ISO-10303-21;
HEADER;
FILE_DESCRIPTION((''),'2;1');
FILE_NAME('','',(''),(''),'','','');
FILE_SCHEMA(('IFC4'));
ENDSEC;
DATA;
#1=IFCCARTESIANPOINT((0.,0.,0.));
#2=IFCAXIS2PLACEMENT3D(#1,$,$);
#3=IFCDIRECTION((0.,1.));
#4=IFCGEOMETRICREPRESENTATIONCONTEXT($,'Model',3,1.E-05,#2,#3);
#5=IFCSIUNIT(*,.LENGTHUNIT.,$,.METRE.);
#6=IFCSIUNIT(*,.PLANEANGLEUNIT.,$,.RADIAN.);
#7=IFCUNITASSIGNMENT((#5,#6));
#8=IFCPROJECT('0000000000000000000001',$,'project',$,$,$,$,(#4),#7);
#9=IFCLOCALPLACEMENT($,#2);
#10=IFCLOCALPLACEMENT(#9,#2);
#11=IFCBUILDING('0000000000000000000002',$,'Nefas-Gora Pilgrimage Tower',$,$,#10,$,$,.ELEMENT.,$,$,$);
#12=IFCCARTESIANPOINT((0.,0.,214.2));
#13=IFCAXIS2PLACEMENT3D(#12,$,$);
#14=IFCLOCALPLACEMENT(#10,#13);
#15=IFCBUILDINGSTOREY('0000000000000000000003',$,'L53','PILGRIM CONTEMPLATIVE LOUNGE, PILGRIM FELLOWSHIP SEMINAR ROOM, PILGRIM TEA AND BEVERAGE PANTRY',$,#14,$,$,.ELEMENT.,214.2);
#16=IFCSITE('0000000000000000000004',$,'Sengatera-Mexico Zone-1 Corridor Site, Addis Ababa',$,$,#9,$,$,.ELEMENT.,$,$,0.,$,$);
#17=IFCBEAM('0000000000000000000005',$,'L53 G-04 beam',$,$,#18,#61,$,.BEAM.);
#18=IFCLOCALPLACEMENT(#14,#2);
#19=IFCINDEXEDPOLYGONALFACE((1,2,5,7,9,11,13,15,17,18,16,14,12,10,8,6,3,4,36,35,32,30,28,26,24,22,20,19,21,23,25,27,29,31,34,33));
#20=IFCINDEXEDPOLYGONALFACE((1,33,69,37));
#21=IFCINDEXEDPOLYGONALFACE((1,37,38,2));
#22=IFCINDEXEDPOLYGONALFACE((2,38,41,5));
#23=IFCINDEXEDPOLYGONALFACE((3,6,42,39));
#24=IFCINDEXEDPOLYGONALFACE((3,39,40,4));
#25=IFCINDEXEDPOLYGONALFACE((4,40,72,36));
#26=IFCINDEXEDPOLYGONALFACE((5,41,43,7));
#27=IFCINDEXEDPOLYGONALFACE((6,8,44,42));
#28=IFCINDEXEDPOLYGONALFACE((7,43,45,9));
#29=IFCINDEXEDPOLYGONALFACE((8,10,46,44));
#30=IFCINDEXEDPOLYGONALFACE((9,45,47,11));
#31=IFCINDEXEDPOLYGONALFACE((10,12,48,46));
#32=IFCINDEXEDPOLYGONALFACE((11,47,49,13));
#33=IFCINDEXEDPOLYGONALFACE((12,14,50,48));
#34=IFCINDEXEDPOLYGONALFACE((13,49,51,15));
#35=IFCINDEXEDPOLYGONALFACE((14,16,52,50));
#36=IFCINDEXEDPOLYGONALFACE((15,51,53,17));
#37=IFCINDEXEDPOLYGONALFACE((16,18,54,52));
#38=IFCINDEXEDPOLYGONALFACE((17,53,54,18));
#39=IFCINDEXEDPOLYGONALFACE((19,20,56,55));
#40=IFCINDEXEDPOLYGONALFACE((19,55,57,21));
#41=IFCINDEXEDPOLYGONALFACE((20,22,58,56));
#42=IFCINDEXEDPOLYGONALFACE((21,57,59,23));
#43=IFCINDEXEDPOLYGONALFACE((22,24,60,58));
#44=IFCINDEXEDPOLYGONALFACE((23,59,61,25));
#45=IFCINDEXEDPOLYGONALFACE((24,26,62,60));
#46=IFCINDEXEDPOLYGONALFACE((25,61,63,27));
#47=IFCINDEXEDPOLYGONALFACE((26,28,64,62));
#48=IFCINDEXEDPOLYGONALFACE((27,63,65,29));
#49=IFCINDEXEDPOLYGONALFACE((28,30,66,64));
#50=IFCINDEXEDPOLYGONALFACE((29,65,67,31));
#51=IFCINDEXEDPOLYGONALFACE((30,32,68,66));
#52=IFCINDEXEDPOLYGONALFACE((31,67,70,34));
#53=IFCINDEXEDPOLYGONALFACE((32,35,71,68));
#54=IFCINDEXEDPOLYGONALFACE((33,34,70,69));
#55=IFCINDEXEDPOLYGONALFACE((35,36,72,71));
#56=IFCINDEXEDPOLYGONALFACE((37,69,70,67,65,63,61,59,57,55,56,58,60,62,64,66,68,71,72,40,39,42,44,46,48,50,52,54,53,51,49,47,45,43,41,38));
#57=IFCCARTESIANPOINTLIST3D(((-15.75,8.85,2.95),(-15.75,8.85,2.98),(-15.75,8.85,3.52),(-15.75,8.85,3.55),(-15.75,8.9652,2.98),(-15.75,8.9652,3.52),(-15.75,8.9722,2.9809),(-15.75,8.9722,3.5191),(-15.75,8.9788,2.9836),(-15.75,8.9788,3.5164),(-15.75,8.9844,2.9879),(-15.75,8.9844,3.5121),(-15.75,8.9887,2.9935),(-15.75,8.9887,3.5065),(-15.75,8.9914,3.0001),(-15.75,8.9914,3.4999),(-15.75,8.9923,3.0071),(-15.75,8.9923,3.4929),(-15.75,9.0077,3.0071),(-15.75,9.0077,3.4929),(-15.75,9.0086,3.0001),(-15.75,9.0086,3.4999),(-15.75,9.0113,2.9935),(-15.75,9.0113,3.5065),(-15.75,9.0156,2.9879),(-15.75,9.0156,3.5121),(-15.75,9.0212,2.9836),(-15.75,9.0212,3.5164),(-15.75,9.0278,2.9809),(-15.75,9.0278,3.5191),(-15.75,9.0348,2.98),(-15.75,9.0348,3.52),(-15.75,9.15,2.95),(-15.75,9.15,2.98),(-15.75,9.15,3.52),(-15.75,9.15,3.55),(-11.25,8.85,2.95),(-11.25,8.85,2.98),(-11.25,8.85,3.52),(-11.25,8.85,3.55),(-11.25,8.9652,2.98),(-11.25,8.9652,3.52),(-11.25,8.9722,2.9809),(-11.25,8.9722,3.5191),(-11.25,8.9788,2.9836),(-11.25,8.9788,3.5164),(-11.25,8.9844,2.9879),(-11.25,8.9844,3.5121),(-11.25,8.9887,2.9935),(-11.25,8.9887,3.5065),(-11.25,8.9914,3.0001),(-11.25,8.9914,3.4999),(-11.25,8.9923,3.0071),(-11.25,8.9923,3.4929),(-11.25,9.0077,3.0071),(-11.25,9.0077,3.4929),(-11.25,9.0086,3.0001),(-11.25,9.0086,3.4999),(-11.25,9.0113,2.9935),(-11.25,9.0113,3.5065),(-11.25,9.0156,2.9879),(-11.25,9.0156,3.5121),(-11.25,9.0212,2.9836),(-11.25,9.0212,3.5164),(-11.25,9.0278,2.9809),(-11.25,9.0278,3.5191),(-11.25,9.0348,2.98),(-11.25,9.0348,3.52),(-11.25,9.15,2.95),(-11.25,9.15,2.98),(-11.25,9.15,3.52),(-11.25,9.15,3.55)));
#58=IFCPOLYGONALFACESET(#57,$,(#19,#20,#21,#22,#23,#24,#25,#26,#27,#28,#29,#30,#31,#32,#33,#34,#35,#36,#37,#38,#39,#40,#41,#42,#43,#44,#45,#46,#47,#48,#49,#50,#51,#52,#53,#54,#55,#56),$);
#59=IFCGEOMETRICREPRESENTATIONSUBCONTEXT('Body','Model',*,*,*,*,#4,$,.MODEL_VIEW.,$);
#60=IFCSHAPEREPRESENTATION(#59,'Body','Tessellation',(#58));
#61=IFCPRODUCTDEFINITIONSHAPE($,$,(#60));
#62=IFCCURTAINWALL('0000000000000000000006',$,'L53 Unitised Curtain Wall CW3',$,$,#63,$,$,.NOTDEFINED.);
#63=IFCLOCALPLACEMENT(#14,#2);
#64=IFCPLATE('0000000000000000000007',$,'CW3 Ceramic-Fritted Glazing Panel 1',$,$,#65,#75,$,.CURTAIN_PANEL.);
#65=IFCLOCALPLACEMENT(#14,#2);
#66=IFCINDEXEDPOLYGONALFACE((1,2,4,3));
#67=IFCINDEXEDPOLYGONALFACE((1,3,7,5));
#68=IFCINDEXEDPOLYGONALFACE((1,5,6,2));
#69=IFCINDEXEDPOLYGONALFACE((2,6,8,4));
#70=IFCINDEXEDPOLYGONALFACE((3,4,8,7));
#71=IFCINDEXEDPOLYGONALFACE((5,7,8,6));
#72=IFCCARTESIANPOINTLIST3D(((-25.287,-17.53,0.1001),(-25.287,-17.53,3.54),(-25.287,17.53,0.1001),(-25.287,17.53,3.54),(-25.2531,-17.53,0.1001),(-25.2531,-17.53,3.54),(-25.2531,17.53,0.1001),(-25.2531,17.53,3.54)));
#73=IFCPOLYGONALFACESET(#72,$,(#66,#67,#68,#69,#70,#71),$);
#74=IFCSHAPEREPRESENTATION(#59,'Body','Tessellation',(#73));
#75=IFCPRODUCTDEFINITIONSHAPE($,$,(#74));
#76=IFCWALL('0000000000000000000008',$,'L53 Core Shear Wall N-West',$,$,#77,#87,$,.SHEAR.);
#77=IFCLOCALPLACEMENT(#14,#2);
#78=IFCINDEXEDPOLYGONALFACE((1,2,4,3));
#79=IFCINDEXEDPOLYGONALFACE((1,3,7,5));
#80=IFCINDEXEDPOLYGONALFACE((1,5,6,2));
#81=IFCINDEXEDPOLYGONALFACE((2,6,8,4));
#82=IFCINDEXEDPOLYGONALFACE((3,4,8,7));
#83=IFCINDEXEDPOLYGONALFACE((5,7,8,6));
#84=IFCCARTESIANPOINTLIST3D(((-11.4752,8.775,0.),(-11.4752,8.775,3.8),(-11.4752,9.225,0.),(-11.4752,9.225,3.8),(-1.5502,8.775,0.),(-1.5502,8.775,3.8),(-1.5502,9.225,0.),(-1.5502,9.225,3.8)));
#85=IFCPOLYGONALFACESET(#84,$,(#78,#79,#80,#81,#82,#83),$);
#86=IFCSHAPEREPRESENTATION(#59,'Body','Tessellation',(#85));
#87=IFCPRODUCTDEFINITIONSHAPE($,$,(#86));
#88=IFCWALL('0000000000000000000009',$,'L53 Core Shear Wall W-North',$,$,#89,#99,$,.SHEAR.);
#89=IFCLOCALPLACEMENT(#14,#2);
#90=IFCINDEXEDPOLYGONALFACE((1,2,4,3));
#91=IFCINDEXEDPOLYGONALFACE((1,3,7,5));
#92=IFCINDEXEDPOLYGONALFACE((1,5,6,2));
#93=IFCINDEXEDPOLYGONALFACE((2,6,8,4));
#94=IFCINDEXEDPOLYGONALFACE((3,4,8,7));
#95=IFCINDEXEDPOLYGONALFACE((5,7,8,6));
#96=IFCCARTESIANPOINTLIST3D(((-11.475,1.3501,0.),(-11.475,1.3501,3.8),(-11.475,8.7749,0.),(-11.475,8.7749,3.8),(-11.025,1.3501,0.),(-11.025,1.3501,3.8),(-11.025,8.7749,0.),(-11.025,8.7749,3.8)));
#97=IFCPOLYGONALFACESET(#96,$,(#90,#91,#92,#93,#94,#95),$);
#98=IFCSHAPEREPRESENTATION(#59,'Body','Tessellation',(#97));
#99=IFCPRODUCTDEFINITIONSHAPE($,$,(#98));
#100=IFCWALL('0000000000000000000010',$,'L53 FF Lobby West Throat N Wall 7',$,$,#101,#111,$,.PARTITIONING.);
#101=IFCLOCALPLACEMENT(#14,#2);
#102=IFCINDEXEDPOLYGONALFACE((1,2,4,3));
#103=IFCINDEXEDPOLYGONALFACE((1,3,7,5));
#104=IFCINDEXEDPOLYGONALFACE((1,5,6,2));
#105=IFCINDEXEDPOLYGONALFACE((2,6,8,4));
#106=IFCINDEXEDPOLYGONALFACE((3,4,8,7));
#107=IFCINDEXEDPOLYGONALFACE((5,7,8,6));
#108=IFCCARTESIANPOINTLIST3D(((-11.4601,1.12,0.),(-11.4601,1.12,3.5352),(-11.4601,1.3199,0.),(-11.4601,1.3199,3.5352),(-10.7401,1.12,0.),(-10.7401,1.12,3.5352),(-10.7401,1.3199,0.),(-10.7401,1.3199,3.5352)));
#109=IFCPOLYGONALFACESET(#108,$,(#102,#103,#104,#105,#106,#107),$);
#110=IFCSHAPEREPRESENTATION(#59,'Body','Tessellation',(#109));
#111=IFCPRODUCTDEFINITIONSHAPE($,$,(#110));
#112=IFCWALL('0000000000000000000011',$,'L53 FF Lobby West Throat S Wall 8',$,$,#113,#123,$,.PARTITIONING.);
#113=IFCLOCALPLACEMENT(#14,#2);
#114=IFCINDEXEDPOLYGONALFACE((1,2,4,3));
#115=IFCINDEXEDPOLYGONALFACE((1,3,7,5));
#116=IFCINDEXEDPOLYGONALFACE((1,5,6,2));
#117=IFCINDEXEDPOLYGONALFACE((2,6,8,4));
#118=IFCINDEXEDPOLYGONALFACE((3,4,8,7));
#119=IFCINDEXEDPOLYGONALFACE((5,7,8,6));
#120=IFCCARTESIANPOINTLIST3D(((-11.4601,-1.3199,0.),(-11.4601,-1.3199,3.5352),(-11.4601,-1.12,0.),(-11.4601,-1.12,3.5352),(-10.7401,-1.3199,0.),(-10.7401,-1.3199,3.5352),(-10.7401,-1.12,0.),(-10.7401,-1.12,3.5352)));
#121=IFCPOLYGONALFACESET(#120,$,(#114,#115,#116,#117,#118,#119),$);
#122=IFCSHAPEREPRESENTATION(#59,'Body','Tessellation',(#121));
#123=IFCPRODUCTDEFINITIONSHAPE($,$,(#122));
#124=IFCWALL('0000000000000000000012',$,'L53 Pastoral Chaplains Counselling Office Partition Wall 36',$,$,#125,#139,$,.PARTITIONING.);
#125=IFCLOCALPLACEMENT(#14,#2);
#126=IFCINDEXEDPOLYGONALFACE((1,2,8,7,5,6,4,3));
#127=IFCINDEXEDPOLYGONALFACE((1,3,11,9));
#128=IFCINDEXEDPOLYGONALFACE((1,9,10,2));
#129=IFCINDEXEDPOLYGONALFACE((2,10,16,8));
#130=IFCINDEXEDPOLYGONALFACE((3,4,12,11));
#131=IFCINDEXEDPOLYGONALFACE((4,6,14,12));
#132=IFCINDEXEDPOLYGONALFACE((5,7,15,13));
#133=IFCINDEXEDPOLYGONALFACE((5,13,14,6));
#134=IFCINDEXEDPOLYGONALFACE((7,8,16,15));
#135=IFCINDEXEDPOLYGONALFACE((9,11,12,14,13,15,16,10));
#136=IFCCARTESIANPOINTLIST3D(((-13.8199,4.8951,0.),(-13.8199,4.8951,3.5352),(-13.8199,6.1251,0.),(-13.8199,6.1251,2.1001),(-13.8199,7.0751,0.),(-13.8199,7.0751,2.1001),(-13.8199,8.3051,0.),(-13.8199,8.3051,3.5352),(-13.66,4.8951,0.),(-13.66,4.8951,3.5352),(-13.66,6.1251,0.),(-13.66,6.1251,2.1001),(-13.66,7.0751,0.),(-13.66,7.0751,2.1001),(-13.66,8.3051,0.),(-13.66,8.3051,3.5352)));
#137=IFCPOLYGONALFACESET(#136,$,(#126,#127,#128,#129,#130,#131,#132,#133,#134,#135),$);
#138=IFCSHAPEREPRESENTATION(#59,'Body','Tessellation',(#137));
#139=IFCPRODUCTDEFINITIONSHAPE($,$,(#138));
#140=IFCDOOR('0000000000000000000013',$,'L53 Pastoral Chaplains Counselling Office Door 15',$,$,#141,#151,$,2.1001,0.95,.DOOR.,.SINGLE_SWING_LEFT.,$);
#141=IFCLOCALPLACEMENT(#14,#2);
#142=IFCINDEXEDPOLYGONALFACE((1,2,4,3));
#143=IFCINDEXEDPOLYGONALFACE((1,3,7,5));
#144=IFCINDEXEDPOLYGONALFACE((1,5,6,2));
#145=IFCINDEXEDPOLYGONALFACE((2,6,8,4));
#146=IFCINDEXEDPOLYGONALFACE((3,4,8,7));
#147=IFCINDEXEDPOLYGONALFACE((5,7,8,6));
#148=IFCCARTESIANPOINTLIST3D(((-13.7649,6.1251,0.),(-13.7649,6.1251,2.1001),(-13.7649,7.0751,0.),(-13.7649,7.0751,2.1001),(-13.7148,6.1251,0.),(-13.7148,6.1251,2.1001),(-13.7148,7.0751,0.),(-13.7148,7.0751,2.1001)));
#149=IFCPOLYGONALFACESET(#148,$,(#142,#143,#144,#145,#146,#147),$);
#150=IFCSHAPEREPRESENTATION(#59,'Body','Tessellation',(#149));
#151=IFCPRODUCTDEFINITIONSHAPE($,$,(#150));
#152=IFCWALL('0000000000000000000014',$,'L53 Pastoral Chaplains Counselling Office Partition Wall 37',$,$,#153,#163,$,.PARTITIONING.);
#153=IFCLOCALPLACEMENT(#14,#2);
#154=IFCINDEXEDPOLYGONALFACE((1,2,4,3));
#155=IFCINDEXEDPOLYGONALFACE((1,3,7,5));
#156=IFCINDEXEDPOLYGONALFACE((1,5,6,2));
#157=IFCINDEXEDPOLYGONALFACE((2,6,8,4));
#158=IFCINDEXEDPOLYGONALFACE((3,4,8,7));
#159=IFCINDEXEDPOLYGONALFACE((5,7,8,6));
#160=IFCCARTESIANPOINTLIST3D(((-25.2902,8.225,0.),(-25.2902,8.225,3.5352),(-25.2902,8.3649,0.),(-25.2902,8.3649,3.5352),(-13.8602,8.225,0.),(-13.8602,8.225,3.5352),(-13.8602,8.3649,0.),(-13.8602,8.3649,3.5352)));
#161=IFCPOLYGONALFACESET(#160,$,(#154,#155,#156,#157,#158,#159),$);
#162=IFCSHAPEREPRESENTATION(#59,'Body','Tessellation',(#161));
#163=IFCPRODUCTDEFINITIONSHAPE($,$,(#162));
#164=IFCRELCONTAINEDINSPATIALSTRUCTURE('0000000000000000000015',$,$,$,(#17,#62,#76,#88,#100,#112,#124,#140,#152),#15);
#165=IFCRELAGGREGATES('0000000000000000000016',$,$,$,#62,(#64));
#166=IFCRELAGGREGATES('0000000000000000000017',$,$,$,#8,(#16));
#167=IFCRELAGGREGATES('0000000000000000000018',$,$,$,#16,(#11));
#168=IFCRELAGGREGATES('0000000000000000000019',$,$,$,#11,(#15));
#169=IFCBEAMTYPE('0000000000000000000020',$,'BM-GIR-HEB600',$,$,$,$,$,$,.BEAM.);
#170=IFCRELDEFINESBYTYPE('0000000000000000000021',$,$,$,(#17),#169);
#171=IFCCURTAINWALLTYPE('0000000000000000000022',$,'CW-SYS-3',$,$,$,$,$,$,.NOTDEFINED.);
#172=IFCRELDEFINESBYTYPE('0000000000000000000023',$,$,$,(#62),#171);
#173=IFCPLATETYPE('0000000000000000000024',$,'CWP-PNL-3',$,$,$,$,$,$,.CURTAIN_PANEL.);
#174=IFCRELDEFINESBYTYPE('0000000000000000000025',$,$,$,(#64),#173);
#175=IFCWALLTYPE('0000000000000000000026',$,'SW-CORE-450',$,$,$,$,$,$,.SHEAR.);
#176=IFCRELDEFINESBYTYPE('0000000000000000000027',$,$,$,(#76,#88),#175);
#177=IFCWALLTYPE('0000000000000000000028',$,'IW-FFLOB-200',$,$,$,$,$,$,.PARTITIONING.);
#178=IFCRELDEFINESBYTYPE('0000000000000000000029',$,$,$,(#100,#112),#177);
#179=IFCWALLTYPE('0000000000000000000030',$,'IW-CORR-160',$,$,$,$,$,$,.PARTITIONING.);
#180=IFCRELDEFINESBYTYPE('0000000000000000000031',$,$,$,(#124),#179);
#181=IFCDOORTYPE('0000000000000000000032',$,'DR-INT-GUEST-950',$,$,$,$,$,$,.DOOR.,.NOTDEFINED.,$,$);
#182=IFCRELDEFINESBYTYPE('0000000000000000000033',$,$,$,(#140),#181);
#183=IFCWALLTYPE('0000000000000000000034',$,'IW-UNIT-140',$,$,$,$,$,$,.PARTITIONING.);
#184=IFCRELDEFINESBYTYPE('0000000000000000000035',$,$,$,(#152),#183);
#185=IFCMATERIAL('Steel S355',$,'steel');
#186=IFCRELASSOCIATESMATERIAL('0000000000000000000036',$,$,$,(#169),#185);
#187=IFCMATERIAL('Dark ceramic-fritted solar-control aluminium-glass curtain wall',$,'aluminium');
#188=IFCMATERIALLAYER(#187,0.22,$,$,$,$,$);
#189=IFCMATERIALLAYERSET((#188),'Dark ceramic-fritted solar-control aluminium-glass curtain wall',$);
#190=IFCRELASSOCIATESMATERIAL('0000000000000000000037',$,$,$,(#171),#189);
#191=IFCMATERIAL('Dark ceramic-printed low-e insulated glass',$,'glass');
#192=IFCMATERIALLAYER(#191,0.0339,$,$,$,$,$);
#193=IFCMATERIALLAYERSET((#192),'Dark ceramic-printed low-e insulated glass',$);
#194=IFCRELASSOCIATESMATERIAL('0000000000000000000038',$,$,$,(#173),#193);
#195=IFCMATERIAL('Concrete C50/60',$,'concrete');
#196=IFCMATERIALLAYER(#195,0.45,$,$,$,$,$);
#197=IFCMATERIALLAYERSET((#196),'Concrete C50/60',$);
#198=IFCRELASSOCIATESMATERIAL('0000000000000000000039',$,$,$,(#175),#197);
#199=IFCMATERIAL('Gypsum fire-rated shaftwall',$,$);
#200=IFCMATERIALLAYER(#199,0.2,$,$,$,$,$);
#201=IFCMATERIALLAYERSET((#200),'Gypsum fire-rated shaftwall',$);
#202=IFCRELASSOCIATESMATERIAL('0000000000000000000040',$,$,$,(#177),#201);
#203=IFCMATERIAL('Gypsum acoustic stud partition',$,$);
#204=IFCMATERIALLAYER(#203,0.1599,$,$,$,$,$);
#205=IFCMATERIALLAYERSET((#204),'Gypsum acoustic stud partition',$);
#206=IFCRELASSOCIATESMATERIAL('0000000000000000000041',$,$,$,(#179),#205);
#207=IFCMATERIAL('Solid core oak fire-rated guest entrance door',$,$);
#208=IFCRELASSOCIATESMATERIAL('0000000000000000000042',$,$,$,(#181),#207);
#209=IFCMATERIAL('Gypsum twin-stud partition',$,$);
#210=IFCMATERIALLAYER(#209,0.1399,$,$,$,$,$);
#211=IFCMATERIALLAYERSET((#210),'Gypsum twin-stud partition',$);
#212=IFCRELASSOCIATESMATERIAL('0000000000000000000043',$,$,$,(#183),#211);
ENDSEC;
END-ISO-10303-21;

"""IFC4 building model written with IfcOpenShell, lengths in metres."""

from ifc_helpers import new_model, si_unit, direction, frame, frame_2d, origin, origin_2d, place, context, subcontext, project, spatial, rectangle, i_section, extrude, source, transform, mapped, material, layer, layer_set, material_profile, profile_set, type_object, element, fill, aggregate, save


model = new_model("IFC4")

# Units and contexts
model_context = context("Model", 3, precision=1e-05, world=origin(), true_north=direction((0.0, 1.0)))
body_context = subcontext(model_context, "Body", "Model", "MODEL_VIEW")
ifc_project = project(units=[si_unit("LENGTHUNIT", "METRE"), si_unit("PLANEANGLEUNIT", "RADIAN")], contexts=[model_context])

# Site, building, storey
site_placement = place(None, origin())
site = spatial("IfcSite", under=ifc_project, at=site_placement, Name="Sengatera-Mexico Zone-1 Corridor Site, Addis Ababa", CompositionType="ELEMENT", RefElevation=0.0)
building_placement = place(site_placement, origin())
building = spatial("IfcBuilding", under=site, at=building_placement, Name="Nefas-Gora Pilgrimage Tower", CompositionType="ELEMENT")
storey_placement = place(building_placement, frame((0.0, 0.0, 214.2)))
storey = spatial("IfcBuildingStorey", under=building, at=storey_placement, Name="L53", Description="PILGRIM CONTEMPLATIVE LOUNGE, PILGRIM FELLOWSHIP SEMINAR ROOM, PILGRIM TEA AND BEVERAGE PANTRY", CompositionType="ELEMENT", Elevation=214.2)

# Beam
ifc_material_1 = material(Name="Steel S355", Category="steel")
ifc_material_profile_1 = material_profile(ifc_material_1, i_section(OverallWidth=0.3, OverallDepth=0.6001, WebThickness=0.0154, FlangeThickness=0.03, FilletRadius=0.0271, at=origin_2d()), Name="HEB 600")
ifc_profile_set_1 = profile_set([ifc_material_profile_1], Name="Steel S355")
beam_type_1 = type_object("IfcBeamType", Name="BM-GIR-HEB600", PredefinedType="BEAM", material=ifc_profile_set_1)
shared_shape_1 = source(origin(), body_context, "Body", "SweptSolid", [
    extrude(i_section(OverallWidth=0.3, OverallDepth=0.6001, WebThickness=0.0154, FlangeThickness=0.03, FilletRadius=0.0271, at=origin_2d()), origin(), (0.0, 0.0, 1.0), 4.5),
])
for number, where, z_axis, x_axis, name in (
    (1, (-15.75, 9.0, 3.25), (1.0, 0.0, 0.0), (0.0, 1.0, 0.0), "L53 G-04 beam"),
):
    element("IfcBeam", number, at=place(storey_placement, frame(where, z_axis=z_axis, x_axis=x_axis)), inside=storey, type_object=beam_type_1, Name=name, PredefinedType="BEAM", context=body_context, shape_type="MappedRepresentation", body=[
        mapped(shared_shape_1, transform((0.0, 0.0, 0.0), x_axis=(1.0, 0.0, 0.0), y_axis=(0.0, 1.0, 0.0), z_axis=(0.0, 0.0, 1.0), scale=1.0)),
    ])

# Curtain wall, plate
ifc_material_2 = material(Name="Dark ceramic-fritted solar-control aluminium-glass curtain wall", Category="aluminium")
ifc_layer_1 = layer(ifc_material_2, 0.22)
ifc_layer_set_1 = layer_set([ifc_layer_1], Name="Dark ceramic-fritted solar-control aluminium-glass curtain wall")
curtain_wall_type = type_object("IfcCurtainWallType", Name="CW-SYS-3", PredefinedType="NOTDEFINED", material=ifc_layer_set_1)
curtain_wall_placement = place(storey_placement, origin())
curtain_wall = element("IfcCurtainWall", 2, at=curtain_wall_placement, inside=storey, type_object=curtain_wall_type, Name="L53 Unitised Curtain Wall CW3", PredefinedType="NOTDEFINED")
ifc_material_3 = material(Name="Dark ceramic-printed low-e insulated glass", Category="glass")
ifc_layer_2 = layer(ifc_material_3, 0.0339)
ifc_layer_set_2 = layer_set([ifc_layer_2], Name="Dark ceramic-printed low-e insulated glass")
plate_type = type_object("IfcPlateType", Name="CWP-PNL-3", PredefinedType="CURTAIN_PANEL", material=ifc_layer_set_2)
shared_shape_2 = source(origin(), body_context, "Body", "SweptSolid", [
    extrude(rectangle(XDim=35.0601, YDim=0.0339, at=origin_2d()), origin(), (0.0, 0.0, 1.0), 3.4399),
])
plate_placement = place(storey_placement, frame((-25.27, 0.0, 0.1001), z_axis=(0.0, 0.0, 1.0), x_axis=(0.0, -1.0, 0.0)))
plate = element("IfcPlate", 3, at=plate_placement, type_object=plate_type, Name="CW3 Ceramic-Fritted Glazing Panel 1", PredefinedType="CURTAIN_PANEL", context=body_context, shape_type="MappedRepresentation", body=[
    mapped(shared_shape_2, transform((0.0, 0.0, 0.0), x_axis=(1.0, 0.0, 0.0), y_axis=(0.0, 1.0, 0.0), z_axis=(0.0, 0.0, 1.0), scale=1.0)),
])
aggregate(curtain_wall, [plate])

# Walls
ifc_material_4 = material(Name="Concrete C50/60", Category="concrete")
ifc_layer_3 = layer(ifc_material_4, 0.45)
ifc_layer_set_3 = layer_set([ifc_layer_3], Name="Concrete C50/60")
wall_type_1 = type_object("IfcWallType", Name="SW-CORE-450", PredefinedType="SHEAR", material=ifc_layer_set_3)
shared_shape_3 = source(origin(), body_context, "Body", "SweptSolid", [
    extrude(rectangle(XDim=9.925, YDim=0.45, at=frame_2d((4.9624, 0.0))), origin(), (0.0, 0.0, 1.0), 3.8),
])
wall_1_placement = place(storey_placement, frame((-11.4751, 9.0, 0.0), z_axis=(0.0, 0.0, 1.0), x_axis=(1.0, 0.0, 0.0)))
element("IfcWall", 4, at=wall_1_placement, inside=storey, type_object=wall_type_1, Name="L53 Core Shear Wall N-West", PredefinedType="SHEAR", context=body_context, shape_type="MappedRepresentation", body=[
    mapped(shared_shape_3, transform((0.0, 0.0, 0.0), x_axis=(1.0, 0.0, 0.0), y_axis=(0.0, 1.0, 0.0), z_axis=(0.0, 0.0, 1.0), scale=1.0)),
])
shared_shape_4 = source(origin(), body_context, "Body", "SweptSolid", [
    extrude(rectangle(XDim=7.4248, YDim=0.45, at=frame_2d((3.7124, 0.0))), origin(), (0.0, 0.0, 1.0), 3.8),
])
wall_2_placement = place(storey_placement, frame((-11.25, 1.3501, 0.0), z_axis=(0.0, 0.0, 1.0), x_axis=(0.0, 1.0, 0.0)))
element("IfcWall", 5, at=wall_2_placement, inside=storey, type_object=wall_type_1, Name="L53 Core Shear Wall W-North", PredefinedType="SHEAR", context=body_context, shape_type="MappedRepresentation", body=[
    mapped(shared_shape_4, transform((0.0, 0.0, 0.0), x_axis=(1.0, 0.0, 0.0), y_axis=(0.0, 1.0, 0.0), z_axis=(0.0, 0.0, 1.0), scale=1.0)),
])
ifc_material_5 = material(Name="Gypsum fire-rated shaftwall")
ifc_layer_4 = layer(ifc_material_5, 0.2)
ifc_layer_set_4 = layer_set([ifc_layer_4], Name="Gypsum fire-rated shaftwall")
wall_type_2 = type_object("IfcWallType", Name="IW-FFLOB-200", PredefinedType="PARTITIONING", material=ifc_layer_set_4)
shared_shape_5 = source(origin(), body_context, "Body", "SweptSolid", [
    extrude(rectangle(XDim=0.72, YDim=0.2, at=frame_2d((0.3599, 0.0))), origin(), (0.0, 0.0, 1.0), 3.5352),
])
for number, where, z_axis, x_axis, name in (
    (6, (-11.46, 1.22, 0.0), (0.0, 0.0, 1.0), (1.0, 0.0, 0.0), "L53 FF Lobby West Throat N Wall 7"),
    (7, (-11.46, -1.22, 0.0), (0.0, 0.0, 1.0), (1.0, 0.0, 0.0), "L53 FF Lobby West Throat S Wall 8"),
):
    element("IfcWall", number, at=place(storey_placement, frame(where, z_axis=z_axis, x_axis=x_axis)), inside=storey, type_object=wall_type_2, Name=name, PredefinedType="PARTITIONING", context=body_context, shape_type="MappedRepresentation", body=[
        mapped(shared_shape_5, transform((0.0, 0.0, 0.0), x_axis=(1.0, 0.0, 0.0), y_axis=(0.0, 1.0, 0.0), z_axis=(0.0, 0.0, 1.0), scale=1.0)),
    ])

# Wall, opening, door
ifc_material_6 = material(Name="Gypsum acoustic stud partition")
ifc_layer_5 = layer(ifc_material_6, 0.1599)
ifc_layer_set_5 = layer_set([ifc_layer_5], Name="Gypsum acoustic stud partition")
wall_type_3 = type_object("IfcWallType", Name="IW-CORR-160", PredefinedType="PARTITIONING", material=ifc_layer_set_5)
shared_shape_6 = source(origin(), body_context, "Body", "SweptSolid", [
    extrude(rectangle(XDim=3.4099, YDim=0.1599, at=frame_2d((1.7051, 0.0))), origin(), (0.0, 0.0, 1.0), 3.5352),
])
wall_3_placement = place(storey_placement, frame((-13.74, 4.895, 0.0), z_axis=(0.0, 0.0, 1.0), x_axis=(0.0, 1.0, 0.0)))
wall_3 = element("IfcWall", 8, at=wall_3_placement, inside=storey, type_object=wall_type_3, Name="L53 Pastoral Chaplains Counselling Office Partition Wall 36", PredefinedType="PARTITIONING", context=body_context, shape_type="MappedRepresentation", body=[
    mapped(shared_shape_6, transform((0.0, 0.0, 0.0), x_axis=(1.0, 0.0, 0.0), y_axis=(0.0, 1.0, 0.0), z_axis=(0.0, 0.0, 1.0), scale=1.0)),
])
opening_1_placement = place(wall_3_placement, frame((1.23, 0.0, 0.0)))
opening_1 = element("IfcOpeningElement", 9, at=opening_1_placement, cuts=wall_3, PredefinedType="OPENING", context=body_context, shape_type="SweptSolid", body=[
    extrude(rectangle(XDim=0.95, YDim=2.1001, at=frame_2d((0.4751, 1.05))), frame((0.0, 0.0898, 0.0), z_axis=(0.0, -1.0, 0.0), x_axis=(1.0, 0.0, 0.0)), (0.0, 0.0, 1.0), 0.1799),
])
ifc_material_7 = material(Name="Solid core oak fire-rated guest entrance door")
door_type = type_object("IfcDoorType", Name="DR-INT-GUEST-950", OperationType="NOTDEFINED", PredefinedType="DOOR", material=ifc_material_7)
shared_shape_7 = source(origin(), body_context, "Body", "SweptSolid", [
    extrude(rectangle(XDim=0.95, YDim=2.1001, at=frame_2d((0.4751, 1.05))), frame((0.0, 0.0249, 0.0), z_axis=(0.0, -1.0, 0.0), x_axis=(1.0, 0.0, 0.0)), (0.0, 0.0, 1.0), 0.05),
])
door_1_placement = place(opening_1_placement, origin())
door_1 = element("IfcDoor", 10, at=door_1_placement, inside=storey, type_object=door_type, Name="L53 Pastoral Chaplains Counselling Office Door 15", OperationType="SINGLE_SWING_LEFT", OverallHeight=2.1001, OverallWidth=0.95, PredefinedType="DOOR", context=body_context, shape_type="MappedRepresentation", body=[
    mapped(shared_shape_7, transform((0.0, 0.0, 0.0), x_axis=(1.0, 0.0, 0.0), y_axis=(0.0, 1.0, 0.0), z_axis=(0.0, 0.0, 1.0), scale=1.0)),
])
fill(opening_1, door_1)

# Wall
ifc_material_8 = material(Name="Gypsum twin-stud partition")
ifc_layer_6 = layer(ifc_material_8, 0.1399)
ifc_layer_set_6 = layer_set([ifc_layer_6], Name="Gypsum twin-stud partition")
wall_type_4 = type_object("IfcWallType", Name="IW-UNIT-140", PredefinedType="PARTITIONING", material=ifc_layer_set_6)
shared_shape_8 = source(origin(), body_context, "Body", "SweptSolid", [
    extrude(rectangle(XDim=11.4299, YDim=0.1399, at=frame_2d((5.7148, 0.0))), origin(), (0.0, 0.0, 1.0), 3.5352),
])
wall_4_placement = place(storey_placement, frame((-25.29, 8.2949, 0.0), z_axis=(0.0, 0.0, 1.0), x_axis=(1.0, 0.0, 0.0)))
element("IfcWall", 11, at=wall_4_placement, inside=storey, type_object=wall_type_4, Name="L53 Pastoral Chaplains Counselling Office Partition Wall 37", PredefinedType="PARTITIONING", context=body_context, shape_type="MappedRepresentation", body=[
    mapped(shared_shape_8, transform((0.0, 0.0, 0.0), x_axis=(1.0, 0.0, 0.0), y_axis=(0.0, 1.0, 0.0), z_axis=(0.0, 0.0, 1.0), scale=1.0)),
])

save(model, "model.ifc")
